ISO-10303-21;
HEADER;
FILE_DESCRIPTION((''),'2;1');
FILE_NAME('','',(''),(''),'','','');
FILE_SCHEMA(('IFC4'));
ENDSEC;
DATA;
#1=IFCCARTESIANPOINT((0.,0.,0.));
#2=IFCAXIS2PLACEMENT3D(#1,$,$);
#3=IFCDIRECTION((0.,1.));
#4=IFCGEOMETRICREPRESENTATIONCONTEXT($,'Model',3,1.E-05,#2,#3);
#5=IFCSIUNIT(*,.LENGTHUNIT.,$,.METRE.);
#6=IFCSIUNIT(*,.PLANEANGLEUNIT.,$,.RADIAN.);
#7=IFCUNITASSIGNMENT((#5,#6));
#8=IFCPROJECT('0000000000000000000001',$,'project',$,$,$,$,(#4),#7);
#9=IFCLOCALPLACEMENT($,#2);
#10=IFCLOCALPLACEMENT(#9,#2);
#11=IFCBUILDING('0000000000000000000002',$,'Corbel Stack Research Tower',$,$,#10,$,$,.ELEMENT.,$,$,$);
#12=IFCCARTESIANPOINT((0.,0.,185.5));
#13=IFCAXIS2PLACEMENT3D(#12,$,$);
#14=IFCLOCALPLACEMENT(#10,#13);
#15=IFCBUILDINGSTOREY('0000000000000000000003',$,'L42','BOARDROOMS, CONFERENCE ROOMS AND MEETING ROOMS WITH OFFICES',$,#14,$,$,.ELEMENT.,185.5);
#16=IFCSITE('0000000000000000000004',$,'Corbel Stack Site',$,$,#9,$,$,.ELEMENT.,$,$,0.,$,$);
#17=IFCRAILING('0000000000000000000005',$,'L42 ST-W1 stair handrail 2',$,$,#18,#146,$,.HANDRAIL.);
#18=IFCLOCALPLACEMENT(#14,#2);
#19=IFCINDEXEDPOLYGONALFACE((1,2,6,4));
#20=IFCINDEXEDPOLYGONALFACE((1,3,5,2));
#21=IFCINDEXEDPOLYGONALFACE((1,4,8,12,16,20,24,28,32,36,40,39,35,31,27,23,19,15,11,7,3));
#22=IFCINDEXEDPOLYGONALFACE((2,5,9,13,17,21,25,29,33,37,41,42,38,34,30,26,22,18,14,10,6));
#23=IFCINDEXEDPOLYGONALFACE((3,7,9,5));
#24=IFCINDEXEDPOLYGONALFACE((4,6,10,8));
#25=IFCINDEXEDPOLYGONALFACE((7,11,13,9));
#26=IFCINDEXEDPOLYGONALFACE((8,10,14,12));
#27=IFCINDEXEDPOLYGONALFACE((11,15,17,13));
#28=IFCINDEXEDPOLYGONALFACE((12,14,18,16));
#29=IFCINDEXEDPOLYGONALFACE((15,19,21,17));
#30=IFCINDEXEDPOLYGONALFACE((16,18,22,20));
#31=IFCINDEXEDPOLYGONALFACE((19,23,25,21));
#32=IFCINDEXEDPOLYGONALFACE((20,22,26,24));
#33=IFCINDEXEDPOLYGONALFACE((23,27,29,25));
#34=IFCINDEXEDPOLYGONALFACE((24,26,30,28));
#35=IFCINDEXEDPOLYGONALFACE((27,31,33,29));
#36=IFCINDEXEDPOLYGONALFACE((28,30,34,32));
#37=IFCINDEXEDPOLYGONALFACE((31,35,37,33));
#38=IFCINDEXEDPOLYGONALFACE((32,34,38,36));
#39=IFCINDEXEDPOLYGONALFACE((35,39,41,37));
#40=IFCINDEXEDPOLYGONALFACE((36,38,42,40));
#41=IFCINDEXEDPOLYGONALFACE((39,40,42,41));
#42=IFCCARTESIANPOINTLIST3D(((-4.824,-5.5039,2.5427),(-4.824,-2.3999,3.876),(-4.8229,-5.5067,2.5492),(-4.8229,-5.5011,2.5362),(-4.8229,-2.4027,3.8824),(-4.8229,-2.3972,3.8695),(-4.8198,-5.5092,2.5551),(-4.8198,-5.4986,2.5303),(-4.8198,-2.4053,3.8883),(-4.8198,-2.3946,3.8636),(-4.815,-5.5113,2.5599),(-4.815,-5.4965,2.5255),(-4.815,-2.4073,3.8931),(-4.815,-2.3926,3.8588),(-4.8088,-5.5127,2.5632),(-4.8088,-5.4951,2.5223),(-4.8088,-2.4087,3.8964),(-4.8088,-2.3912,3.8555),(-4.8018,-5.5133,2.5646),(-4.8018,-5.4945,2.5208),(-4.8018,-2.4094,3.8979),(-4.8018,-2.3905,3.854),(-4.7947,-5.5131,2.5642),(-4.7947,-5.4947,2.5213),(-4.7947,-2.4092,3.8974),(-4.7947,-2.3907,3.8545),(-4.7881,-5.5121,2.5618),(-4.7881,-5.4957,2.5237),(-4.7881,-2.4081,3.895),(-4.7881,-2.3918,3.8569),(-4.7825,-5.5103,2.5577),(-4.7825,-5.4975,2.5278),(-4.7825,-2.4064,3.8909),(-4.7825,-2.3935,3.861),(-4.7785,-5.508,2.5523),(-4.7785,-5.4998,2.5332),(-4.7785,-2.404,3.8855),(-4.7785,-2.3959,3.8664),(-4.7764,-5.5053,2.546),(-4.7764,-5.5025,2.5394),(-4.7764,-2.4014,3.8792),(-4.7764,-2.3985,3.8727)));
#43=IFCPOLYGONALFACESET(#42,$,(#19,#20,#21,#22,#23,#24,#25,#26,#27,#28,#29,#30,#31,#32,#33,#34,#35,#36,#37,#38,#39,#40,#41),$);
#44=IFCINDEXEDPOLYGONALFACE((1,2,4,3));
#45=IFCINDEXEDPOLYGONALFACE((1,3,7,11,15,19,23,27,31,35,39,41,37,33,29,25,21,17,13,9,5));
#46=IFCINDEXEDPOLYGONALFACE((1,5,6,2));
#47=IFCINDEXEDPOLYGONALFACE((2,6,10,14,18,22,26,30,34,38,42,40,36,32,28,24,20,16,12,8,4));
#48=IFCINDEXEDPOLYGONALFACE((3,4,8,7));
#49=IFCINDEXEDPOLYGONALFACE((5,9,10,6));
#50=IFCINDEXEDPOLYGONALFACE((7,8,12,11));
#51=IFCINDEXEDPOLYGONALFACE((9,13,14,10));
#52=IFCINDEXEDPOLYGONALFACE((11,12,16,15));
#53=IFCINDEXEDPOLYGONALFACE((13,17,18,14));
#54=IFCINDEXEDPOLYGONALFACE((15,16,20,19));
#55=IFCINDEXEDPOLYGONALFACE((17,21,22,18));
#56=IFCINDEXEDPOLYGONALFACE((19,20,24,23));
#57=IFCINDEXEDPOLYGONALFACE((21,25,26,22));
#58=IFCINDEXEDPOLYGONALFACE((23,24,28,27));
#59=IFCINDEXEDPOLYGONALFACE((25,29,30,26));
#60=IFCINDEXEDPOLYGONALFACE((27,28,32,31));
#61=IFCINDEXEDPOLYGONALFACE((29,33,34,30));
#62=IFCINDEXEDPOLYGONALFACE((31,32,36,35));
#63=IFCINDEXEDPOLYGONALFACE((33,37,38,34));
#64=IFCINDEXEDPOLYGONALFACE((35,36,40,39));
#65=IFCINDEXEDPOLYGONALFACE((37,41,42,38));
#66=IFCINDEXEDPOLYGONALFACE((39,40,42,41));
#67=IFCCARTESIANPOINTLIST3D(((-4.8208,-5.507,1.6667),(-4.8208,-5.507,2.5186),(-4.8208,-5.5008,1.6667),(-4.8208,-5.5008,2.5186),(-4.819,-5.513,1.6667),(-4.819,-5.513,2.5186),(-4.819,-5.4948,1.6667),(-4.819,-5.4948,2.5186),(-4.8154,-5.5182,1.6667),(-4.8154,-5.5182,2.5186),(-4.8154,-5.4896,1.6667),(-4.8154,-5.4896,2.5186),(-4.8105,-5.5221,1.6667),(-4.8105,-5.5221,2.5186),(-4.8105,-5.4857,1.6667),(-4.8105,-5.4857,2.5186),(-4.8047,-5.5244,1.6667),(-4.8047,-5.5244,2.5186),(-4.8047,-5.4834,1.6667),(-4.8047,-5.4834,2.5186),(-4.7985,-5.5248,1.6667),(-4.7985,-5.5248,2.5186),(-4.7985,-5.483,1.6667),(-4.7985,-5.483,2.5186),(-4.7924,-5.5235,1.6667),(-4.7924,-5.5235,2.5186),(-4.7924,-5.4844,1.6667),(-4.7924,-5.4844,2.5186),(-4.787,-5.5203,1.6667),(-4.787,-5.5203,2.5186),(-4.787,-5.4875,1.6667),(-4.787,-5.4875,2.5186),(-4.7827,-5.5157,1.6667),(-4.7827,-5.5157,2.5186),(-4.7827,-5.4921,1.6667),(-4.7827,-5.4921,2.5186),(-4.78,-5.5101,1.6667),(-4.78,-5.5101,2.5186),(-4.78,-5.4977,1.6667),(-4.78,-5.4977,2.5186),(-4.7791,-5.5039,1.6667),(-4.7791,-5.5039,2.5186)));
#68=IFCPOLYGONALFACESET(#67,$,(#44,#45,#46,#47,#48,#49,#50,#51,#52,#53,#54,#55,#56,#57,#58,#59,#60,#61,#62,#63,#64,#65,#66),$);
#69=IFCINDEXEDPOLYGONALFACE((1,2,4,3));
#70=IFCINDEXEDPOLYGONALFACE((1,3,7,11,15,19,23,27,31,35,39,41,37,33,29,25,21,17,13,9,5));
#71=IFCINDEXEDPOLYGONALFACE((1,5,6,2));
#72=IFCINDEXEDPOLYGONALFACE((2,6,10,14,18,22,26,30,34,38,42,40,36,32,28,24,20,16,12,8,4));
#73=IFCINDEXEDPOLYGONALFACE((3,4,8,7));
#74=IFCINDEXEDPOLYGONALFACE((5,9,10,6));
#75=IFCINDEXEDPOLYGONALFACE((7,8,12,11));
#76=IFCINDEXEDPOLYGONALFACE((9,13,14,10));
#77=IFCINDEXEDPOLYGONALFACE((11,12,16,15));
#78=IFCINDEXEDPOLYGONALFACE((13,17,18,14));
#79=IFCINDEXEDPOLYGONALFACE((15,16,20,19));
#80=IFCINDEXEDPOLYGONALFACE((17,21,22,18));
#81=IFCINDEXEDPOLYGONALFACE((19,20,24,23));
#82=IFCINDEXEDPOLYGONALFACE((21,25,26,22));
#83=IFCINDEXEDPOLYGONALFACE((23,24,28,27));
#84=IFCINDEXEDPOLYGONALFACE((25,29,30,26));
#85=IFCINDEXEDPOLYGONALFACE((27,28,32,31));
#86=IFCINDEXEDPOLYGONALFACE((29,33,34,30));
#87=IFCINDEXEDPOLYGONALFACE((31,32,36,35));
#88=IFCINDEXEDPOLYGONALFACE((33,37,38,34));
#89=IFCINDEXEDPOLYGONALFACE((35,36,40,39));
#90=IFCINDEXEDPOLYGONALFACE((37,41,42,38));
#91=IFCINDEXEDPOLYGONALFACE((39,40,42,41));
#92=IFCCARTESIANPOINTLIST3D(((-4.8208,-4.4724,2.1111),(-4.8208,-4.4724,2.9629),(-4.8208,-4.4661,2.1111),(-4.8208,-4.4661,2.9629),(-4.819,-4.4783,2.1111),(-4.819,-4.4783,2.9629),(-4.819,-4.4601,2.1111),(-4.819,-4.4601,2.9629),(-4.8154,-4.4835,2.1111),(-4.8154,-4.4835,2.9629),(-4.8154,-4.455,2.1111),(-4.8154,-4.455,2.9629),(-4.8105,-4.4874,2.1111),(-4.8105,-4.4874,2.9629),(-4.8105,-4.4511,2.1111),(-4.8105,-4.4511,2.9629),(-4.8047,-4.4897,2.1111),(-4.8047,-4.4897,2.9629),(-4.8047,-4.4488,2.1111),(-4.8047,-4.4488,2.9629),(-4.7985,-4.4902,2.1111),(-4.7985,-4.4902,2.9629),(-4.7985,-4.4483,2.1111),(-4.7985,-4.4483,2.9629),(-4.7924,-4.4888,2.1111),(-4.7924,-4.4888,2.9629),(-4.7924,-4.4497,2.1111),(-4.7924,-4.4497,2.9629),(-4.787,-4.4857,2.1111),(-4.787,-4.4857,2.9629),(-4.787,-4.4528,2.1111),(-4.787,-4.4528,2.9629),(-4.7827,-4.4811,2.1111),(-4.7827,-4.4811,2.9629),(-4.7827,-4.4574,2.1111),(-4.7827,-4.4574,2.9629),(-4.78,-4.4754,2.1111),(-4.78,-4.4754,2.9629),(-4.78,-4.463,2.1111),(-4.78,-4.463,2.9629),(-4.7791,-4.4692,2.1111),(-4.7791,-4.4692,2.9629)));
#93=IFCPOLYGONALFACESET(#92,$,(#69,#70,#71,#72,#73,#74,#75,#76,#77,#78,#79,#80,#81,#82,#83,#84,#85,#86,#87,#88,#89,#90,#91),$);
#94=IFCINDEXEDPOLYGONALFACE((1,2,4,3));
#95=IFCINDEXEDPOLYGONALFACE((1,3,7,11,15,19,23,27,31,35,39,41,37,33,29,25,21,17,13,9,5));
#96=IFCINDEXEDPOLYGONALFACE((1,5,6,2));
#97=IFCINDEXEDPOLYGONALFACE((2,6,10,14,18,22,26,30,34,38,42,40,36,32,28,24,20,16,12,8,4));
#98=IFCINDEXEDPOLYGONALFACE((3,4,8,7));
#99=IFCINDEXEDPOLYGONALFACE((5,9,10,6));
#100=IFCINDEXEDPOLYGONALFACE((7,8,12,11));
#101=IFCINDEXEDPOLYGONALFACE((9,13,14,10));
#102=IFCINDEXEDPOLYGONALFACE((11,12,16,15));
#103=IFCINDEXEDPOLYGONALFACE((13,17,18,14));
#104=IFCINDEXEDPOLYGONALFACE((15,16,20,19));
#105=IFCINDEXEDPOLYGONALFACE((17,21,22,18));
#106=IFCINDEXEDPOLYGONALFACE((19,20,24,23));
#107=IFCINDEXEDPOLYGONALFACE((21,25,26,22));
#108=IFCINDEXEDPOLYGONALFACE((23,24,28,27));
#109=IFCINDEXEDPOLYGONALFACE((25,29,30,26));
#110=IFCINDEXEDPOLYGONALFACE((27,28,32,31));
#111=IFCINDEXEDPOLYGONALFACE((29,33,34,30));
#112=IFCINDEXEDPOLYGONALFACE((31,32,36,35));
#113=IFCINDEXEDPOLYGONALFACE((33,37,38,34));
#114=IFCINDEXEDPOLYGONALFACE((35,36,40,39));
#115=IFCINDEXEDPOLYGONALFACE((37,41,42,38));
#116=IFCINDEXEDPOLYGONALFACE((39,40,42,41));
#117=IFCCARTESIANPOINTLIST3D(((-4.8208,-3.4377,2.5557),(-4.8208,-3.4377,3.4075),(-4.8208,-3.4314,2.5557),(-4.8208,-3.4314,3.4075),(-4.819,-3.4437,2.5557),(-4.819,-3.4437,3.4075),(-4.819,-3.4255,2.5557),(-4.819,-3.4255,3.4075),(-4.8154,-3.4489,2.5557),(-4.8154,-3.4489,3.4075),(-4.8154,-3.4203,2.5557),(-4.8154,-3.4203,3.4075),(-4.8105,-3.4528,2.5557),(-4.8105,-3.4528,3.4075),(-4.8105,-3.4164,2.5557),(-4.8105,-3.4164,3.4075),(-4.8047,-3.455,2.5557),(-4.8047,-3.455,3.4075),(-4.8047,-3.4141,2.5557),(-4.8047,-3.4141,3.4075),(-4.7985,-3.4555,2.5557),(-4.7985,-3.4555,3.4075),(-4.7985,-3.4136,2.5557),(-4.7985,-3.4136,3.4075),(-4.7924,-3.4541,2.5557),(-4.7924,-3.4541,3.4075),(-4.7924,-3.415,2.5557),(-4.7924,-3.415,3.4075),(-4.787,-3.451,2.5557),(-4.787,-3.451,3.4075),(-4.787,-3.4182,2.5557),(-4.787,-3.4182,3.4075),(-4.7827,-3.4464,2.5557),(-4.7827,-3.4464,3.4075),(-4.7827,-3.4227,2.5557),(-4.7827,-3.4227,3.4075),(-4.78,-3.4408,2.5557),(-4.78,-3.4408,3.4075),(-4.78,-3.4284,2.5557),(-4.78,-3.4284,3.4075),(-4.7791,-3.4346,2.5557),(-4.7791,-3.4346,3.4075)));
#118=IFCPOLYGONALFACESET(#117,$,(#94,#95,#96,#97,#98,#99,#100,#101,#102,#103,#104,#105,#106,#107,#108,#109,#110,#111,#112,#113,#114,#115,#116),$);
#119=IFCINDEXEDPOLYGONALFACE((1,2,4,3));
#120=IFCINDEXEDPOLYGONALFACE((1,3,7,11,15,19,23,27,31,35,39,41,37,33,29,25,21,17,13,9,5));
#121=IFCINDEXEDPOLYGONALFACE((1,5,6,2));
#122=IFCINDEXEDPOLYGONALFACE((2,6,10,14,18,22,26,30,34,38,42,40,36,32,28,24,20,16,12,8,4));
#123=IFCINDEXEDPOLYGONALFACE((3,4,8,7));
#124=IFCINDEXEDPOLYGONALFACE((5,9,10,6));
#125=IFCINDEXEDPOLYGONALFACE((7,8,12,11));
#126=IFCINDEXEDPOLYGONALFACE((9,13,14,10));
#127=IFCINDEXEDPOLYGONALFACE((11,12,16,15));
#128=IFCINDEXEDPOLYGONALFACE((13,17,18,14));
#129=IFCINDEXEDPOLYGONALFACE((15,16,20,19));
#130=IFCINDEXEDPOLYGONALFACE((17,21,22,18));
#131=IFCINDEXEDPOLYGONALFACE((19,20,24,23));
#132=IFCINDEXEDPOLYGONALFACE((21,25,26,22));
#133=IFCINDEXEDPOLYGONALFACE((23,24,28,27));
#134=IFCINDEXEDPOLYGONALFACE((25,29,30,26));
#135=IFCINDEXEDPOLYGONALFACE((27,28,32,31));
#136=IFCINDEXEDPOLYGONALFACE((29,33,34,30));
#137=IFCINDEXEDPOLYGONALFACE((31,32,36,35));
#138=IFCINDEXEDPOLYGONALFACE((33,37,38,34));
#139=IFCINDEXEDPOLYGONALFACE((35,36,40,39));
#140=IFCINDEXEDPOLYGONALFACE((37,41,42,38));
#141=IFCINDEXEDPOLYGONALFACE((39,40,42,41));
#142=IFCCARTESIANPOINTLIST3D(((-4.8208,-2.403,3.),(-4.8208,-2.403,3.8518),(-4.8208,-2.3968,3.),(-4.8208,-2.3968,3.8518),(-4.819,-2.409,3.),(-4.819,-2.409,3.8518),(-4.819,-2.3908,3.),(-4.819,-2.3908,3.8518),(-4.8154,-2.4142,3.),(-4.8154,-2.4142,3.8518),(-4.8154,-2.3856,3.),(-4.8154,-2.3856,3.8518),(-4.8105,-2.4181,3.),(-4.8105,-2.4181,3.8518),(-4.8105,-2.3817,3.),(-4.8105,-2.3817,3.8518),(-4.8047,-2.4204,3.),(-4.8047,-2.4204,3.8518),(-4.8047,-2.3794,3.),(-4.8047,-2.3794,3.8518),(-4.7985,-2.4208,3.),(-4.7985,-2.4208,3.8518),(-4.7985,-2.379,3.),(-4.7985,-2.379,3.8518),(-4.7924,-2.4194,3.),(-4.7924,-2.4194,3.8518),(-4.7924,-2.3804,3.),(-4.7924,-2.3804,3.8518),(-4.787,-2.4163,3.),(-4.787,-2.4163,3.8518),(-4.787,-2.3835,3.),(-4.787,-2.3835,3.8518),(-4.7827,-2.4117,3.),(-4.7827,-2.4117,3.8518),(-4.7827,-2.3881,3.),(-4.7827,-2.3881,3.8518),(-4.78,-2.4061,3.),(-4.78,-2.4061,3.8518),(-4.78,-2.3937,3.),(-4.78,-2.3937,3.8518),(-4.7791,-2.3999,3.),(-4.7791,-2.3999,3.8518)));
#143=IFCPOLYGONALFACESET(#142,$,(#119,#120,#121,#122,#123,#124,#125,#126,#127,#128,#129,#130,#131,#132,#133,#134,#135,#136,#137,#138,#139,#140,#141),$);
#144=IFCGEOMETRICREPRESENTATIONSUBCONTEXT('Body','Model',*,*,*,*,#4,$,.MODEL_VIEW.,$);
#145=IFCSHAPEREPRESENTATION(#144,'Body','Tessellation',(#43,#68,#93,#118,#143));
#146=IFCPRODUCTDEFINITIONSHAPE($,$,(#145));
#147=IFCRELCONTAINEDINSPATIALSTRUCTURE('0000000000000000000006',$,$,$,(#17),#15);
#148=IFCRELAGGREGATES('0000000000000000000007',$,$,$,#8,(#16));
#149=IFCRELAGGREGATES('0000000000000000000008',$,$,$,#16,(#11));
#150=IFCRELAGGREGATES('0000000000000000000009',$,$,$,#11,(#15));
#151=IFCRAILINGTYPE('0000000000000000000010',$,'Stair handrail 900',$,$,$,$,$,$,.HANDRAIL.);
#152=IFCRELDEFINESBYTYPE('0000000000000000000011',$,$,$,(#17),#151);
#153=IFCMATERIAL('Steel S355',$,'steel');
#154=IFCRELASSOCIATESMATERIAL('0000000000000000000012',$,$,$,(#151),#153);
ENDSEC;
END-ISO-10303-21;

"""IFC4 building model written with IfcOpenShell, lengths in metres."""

from ifc_helpers import new_model, si_unit, direction, frame, origin, origin_2d, place, context, subcontext, project, spatial, circle, extrude, material, type_object, element, save


model = new_model("IFC4")

# Units and contexts
model_context = context("Model", 3, precision=1e-05, world=origin(), true_north=direction((0.0, 1.0)))
body_context = subcontext(model_context, "Body", "Model", "MODEL_VIEW")
ifc_project = project(units=[si_unit("LENGTHUNIT", "METRE"), si_unit("PLANEANGLEUNIT", "RADIAN")], contexts=[model_context])

# Site, building, storey
site_placement = place(None, origin())
site = spatial("IfcSite", under=ifc_project, at=site_placement, Name="Corbel Stack Site", CompositionType="ELEMENT", RefElevation=0.0)
building_placement = place(site_placement, origin())
building = spatial("IfcBuilding", under=site, at=building_placement, Name="Corbel Stack Research Tower", CompositionType="ELEMENT")
storey_placement = place(building_placement, frame((0.0, 0.0, 185.5)))
storey = spatial("IfcBuildingStorey", under=building, at=storey_placement, Name="L42", Description="BOARDROOMS, CONFERENCE ROOMS AND MEETING ROOMS WITH OFFICES", CompositionType="ELEMENT", Elevation=185.5)

# Railing
ifc_material_1 = material(Name="Steel S355", Category="steel")
railing_type_1 = type_object("IfcRailingType", Name="Stair handrail 900", PredefinedType="HANDRAIL", material=ifc_material_1)
for number, where, name in (
    (1, (-4.8, -5.5039, 1.6667), "L42 ST-W1 stair handrail 2"),
):
    element("IfcRailing", number, at=place(storey_placement, frame(where)), inside=storey, type_object=railing_type_1, Name=name, PredefinedType="HANDRAIL", context=body_context, shape_type="SweptSolid", body=[
        extrude(circle(Radius=0.0239, at=origin_2d()), frame((0.0, 0.0, 0.876), z_axis=(0.0, 0.918827, 0.394661), x_axis=(-1.0, 0.0, 0.0)), (0.0, 0.0, 1.0), 3.3782),
        extrude(circle(Radius=0.021, at=origin_2d()), origin(), (0.0, 0.0, 1.0), 0.8518),
        extrude(circle(Radius=0.021, at=origin_2d()), frame((0.0, 1.0347, 0.4443)), (0.0, 0.0, 1.0), 0.8518),
        extrude(circle(Radius=0.021, at=origin_2d()), frame((0.0, 2.0693, 0.8889)), (0.0, 0.0, 1.0), 0.8518),
        extrude(circle(Radius=0.021, at=origin_2d()), frame((0.0, 3.104, 1.3333)), (0.0, 0.0, 1.0), 0.8518),
    ])

save(model, "model.ifc")
